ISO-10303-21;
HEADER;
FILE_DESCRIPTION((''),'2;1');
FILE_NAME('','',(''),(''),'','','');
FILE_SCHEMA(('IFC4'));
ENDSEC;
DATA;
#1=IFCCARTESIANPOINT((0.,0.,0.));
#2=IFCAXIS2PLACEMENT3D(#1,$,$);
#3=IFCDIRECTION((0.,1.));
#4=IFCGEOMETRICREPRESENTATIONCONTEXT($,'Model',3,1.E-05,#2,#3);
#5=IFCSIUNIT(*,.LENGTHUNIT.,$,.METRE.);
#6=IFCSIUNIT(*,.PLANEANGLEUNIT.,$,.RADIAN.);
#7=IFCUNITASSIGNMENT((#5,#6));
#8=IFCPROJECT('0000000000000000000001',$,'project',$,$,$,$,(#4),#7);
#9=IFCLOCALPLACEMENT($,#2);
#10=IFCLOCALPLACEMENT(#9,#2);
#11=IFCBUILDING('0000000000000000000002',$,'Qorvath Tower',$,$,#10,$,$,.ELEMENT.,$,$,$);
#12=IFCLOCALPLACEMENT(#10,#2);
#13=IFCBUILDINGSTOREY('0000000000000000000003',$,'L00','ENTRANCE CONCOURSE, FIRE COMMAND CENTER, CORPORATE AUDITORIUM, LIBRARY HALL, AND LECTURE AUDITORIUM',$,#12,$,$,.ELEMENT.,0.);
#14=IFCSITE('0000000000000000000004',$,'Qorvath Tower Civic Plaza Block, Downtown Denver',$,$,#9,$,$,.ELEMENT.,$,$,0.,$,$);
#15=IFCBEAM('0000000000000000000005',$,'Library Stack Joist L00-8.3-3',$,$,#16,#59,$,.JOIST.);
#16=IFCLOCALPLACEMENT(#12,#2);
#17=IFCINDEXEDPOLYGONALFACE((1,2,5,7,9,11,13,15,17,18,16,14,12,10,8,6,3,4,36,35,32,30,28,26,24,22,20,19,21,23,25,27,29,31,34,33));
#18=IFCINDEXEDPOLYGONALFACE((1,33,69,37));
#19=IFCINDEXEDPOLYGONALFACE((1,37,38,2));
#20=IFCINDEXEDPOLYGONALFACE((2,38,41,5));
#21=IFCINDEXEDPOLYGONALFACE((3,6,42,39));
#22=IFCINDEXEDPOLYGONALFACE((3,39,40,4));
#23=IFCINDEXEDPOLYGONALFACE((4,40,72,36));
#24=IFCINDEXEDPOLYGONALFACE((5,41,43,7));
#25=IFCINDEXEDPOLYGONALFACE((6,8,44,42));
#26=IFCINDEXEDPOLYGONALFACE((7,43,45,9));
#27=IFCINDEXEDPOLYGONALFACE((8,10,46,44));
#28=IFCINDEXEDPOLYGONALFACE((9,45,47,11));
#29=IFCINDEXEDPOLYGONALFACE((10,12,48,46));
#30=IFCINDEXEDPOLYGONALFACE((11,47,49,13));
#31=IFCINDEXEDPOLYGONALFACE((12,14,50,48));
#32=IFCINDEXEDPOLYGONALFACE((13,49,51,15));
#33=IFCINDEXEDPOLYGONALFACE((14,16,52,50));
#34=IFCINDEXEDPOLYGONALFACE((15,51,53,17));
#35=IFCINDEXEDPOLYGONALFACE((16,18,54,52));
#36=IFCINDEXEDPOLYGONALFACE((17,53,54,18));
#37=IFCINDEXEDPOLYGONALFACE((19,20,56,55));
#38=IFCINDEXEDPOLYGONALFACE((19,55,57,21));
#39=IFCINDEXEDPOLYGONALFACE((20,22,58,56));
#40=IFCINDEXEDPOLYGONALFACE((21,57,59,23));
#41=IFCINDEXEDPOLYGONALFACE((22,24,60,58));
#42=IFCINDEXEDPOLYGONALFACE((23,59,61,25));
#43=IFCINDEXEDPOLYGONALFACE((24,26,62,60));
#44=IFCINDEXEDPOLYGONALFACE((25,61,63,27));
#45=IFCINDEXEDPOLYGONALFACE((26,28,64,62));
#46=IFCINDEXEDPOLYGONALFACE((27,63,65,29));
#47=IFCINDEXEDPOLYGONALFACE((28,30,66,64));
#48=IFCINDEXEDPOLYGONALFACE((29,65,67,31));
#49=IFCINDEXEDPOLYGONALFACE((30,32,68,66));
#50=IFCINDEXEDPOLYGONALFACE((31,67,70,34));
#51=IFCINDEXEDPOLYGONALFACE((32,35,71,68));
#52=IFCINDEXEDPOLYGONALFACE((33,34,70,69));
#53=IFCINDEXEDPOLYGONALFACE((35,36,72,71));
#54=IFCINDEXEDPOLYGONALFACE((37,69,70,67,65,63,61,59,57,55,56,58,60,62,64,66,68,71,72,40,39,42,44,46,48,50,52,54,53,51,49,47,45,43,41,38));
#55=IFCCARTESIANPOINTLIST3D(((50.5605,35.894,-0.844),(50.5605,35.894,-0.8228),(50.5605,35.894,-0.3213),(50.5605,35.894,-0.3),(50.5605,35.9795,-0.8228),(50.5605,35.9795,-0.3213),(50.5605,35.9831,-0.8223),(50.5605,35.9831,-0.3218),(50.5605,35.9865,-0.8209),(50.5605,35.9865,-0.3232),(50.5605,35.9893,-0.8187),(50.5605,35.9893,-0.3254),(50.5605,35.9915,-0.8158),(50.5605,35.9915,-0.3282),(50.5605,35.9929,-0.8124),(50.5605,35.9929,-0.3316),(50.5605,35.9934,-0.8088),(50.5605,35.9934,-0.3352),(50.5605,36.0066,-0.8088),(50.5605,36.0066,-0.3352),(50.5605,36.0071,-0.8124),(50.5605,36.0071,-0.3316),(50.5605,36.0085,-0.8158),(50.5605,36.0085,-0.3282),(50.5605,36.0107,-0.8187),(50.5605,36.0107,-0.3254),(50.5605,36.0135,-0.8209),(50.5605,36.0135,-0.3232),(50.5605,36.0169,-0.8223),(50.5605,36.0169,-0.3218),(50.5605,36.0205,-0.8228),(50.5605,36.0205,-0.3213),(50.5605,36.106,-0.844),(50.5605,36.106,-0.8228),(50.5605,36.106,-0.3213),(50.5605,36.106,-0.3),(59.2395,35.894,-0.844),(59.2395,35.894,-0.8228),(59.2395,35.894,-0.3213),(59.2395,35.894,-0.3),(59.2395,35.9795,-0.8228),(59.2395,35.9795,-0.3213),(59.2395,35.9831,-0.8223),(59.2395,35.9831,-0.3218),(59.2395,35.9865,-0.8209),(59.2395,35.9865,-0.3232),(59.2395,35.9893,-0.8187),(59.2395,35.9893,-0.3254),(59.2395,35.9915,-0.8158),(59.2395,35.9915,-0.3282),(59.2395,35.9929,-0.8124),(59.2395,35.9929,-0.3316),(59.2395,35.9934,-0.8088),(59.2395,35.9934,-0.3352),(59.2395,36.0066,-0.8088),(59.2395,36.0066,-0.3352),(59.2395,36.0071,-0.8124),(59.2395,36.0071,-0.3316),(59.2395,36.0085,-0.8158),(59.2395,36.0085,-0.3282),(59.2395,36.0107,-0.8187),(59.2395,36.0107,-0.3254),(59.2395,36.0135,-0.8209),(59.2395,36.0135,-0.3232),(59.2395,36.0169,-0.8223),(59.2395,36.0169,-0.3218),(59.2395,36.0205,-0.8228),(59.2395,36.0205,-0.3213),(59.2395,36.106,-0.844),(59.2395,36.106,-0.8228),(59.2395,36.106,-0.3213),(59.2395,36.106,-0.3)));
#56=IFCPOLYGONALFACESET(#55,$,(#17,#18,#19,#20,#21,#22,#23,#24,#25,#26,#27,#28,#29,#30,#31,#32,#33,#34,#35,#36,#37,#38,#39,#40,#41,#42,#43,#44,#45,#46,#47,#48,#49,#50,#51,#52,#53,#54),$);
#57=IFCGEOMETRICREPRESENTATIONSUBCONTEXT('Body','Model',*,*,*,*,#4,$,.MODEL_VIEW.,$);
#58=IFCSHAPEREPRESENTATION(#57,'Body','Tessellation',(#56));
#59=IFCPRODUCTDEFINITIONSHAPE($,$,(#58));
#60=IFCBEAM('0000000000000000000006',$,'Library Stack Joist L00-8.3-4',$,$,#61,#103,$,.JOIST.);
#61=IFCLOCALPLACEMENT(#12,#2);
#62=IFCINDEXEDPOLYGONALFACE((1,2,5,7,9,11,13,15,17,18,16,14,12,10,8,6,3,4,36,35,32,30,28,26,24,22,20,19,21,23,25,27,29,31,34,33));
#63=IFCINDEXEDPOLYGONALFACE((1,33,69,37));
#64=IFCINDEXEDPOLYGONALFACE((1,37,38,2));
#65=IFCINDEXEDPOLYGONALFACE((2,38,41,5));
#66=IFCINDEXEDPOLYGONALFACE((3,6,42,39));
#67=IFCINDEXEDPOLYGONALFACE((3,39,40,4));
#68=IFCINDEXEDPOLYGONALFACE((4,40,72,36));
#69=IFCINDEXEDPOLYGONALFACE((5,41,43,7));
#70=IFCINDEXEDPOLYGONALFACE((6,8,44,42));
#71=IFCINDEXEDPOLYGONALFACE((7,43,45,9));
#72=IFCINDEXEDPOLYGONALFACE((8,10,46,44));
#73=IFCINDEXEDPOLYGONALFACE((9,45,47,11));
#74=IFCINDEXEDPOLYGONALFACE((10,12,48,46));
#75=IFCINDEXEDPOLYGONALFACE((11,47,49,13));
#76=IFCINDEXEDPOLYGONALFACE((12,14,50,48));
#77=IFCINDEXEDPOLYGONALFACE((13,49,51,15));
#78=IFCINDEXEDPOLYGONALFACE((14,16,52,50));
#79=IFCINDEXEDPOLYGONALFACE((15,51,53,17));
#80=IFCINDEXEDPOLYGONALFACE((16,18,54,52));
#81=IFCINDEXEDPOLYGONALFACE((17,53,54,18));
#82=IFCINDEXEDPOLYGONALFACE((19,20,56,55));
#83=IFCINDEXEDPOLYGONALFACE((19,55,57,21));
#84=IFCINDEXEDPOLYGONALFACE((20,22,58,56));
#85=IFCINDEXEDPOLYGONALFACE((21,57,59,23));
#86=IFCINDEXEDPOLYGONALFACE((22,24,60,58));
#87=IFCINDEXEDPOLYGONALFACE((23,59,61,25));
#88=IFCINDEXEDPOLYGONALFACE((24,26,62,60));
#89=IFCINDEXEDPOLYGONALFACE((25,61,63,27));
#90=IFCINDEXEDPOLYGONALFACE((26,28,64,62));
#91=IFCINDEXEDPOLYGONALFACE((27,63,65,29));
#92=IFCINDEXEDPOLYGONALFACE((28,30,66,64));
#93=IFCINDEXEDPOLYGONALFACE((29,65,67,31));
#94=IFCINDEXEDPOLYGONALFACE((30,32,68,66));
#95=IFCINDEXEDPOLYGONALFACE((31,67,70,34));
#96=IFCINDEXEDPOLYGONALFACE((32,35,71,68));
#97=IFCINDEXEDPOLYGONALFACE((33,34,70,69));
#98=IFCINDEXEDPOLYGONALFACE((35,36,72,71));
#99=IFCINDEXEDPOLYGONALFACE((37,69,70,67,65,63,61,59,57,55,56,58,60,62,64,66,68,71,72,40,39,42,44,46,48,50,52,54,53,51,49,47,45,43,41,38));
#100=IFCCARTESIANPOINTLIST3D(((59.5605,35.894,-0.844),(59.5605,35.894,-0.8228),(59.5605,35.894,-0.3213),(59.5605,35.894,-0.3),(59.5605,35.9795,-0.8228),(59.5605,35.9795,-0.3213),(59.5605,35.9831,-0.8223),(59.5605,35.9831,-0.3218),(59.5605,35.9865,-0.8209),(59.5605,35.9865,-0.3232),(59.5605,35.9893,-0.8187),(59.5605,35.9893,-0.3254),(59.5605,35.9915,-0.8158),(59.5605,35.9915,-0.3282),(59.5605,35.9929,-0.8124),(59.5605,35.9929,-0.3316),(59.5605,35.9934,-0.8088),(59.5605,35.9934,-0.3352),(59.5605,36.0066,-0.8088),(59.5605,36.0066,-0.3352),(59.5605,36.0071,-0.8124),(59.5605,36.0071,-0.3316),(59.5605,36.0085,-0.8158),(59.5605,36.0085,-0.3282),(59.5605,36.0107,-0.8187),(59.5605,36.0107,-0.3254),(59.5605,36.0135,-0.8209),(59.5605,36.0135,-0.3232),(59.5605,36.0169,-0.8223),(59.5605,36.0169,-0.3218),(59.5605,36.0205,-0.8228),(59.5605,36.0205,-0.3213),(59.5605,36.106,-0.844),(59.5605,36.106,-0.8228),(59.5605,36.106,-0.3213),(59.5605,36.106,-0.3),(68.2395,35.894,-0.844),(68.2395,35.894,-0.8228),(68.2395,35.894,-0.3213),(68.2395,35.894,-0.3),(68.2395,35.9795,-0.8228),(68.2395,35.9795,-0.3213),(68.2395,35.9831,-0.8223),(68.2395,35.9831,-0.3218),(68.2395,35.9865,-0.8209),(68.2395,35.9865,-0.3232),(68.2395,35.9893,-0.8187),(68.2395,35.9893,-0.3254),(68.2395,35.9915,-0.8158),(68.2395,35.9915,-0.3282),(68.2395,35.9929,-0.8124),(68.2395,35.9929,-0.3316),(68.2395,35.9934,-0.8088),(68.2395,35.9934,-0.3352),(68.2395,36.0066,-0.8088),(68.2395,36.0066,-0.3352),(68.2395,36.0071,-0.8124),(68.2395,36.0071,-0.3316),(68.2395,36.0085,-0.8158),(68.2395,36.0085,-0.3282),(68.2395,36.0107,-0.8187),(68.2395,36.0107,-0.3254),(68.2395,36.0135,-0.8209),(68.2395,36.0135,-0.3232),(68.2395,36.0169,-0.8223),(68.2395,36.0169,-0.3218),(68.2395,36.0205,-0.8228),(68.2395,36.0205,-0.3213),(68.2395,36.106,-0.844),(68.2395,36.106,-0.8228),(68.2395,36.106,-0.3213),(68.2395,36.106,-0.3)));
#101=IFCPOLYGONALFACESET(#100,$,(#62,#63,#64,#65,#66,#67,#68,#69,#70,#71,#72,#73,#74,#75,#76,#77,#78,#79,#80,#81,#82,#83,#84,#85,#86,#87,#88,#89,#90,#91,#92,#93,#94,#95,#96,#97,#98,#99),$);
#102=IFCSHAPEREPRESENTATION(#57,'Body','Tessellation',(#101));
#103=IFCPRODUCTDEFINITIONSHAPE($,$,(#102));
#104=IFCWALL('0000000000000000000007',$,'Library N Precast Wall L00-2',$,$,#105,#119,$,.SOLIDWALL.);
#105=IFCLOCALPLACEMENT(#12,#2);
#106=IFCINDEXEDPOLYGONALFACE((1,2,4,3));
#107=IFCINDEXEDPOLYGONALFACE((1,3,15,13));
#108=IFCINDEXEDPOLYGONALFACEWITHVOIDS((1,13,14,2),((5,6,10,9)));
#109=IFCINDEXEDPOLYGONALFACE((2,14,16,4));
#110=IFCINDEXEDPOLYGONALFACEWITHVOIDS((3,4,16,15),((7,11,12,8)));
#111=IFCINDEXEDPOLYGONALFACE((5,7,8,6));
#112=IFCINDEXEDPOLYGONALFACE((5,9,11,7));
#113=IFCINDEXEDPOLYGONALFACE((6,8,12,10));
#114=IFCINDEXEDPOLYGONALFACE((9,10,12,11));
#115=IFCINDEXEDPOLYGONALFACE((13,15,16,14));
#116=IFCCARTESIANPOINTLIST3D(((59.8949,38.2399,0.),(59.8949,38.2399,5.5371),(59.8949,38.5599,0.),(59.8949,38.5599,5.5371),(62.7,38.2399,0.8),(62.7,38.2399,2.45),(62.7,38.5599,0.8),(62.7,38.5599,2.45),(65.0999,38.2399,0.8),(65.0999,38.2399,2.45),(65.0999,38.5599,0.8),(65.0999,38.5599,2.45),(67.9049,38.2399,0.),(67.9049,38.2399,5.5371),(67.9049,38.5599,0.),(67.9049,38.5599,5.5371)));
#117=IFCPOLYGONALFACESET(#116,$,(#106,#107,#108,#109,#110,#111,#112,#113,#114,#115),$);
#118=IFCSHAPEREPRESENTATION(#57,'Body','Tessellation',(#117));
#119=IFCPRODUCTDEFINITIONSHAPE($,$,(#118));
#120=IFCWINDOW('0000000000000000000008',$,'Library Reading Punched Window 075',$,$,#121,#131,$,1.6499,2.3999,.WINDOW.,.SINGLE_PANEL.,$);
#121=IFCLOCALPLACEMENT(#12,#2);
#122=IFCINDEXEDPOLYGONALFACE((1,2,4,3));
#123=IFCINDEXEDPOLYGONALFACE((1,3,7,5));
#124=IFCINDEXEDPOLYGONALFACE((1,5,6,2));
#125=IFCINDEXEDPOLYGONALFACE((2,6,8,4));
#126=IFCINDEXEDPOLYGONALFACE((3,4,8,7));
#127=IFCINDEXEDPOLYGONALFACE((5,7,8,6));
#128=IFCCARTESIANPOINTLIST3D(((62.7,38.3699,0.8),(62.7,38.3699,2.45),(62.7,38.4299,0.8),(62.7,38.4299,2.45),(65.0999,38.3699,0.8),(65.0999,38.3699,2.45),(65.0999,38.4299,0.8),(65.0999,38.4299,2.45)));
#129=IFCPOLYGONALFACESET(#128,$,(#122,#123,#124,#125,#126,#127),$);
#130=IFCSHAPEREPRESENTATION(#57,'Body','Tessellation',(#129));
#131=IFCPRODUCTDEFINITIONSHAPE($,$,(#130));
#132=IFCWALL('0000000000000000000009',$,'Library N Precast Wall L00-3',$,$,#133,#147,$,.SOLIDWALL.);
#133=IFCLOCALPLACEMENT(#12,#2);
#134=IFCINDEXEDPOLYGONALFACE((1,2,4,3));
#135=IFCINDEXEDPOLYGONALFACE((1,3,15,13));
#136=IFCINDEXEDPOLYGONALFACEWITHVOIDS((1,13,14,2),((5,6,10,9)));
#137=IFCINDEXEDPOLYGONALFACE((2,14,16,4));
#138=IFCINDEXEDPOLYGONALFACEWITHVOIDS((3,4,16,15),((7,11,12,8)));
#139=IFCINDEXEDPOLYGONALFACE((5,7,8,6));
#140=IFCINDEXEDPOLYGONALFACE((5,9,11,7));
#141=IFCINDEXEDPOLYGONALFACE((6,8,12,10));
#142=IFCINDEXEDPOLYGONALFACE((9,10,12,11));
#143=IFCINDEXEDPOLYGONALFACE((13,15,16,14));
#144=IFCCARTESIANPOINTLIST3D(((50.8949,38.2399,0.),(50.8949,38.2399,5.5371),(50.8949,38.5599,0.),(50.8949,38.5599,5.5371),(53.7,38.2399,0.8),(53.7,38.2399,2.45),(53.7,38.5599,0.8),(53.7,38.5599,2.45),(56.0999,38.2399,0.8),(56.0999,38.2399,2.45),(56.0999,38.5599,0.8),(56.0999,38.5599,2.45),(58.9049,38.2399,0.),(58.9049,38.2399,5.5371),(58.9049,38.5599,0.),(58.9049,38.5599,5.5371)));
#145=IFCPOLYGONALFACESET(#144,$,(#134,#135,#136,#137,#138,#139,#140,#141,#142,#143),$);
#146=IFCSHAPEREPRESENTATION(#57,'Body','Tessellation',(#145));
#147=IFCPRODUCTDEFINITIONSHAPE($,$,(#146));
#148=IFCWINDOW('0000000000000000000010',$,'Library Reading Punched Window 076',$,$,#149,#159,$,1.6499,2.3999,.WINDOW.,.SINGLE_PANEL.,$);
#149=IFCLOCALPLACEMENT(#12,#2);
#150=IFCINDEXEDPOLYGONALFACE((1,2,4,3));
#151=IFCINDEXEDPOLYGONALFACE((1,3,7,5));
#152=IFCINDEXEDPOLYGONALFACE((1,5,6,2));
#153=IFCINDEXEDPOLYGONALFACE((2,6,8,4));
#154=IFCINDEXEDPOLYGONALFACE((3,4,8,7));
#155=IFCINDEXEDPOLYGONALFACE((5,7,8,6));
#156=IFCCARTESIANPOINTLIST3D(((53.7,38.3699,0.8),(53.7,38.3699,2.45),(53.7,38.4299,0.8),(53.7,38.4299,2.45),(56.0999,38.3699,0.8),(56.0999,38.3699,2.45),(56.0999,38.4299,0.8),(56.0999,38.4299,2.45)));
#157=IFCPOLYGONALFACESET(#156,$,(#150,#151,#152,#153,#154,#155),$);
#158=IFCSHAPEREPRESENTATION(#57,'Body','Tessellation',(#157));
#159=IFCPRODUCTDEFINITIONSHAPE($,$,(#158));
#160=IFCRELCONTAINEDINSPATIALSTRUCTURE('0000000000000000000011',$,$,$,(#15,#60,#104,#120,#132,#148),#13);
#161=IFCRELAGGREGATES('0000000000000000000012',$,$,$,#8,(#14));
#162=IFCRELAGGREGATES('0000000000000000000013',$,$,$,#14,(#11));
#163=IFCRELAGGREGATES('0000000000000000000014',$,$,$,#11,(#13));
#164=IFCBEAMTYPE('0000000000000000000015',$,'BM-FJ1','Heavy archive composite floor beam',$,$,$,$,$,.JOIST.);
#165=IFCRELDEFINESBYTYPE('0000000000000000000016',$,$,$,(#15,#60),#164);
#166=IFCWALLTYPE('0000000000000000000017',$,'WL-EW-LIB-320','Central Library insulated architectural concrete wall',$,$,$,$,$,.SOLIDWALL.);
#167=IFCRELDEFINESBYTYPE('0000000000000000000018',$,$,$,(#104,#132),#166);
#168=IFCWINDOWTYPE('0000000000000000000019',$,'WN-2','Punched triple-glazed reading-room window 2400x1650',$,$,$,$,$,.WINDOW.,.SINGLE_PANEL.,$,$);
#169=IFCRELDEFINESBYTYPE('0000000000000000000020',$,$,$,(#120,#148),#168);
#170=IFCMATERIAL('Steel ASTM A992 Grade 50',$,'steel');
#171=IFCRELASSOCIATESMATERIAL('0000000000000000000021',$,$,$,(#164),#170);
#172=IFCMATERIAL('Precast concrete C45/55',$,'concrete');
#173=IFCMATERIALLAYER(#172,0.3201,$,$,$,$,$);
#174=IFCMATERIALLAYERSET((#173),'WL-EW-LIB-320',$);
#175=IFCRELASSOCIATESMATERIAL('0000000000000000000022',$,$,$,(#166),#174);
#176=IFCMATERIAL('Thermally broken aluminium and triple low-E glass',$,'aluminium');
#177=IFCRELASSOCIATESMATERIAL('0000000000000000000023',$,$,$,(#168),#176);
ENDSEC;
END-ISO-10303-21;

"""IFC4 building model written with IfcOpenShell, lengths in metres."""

from ifc_helpers import new_model, si_unit, direction, frame, frame_2d, origin, origin_2d, place, context, subcontext, project, spatial, rectangle, i_section, extrude, material, layer, layer_set, material_profile, profile_set, type_object, element, fill, save


model = new_model("IFC4")

# Units and contexts
model_context = context("Model", 3, precision=1e-05, world=origin(), true_north=direction((0.0, 1.0)))
body_context = subcontext(model_context, "Body", "Model", "MODEL_VIEW")
ifc_project = project(units=[si_unit("LENGTHUNIT", "METRE"), si_unit("PLANEANGLEUNIT", "RADIAN")], contexts=[model_context])

# Site, building, storey
site_placement = place(None, origin())
site = spatial("IfcSite", under=ifc_project, at=site_placement, Name="Qorvath Tower Civic Plaza Block, Downtown Denver", CompositionType="ELEMENT", RefElevation=0.0)
building_placement = place(site_placement, origin())
building = spatial("IfcBuilding", under=site, at=building_placement, Name="Qorvath Tower", CompositionType="ELEMENT")
storey_placement = place(building_placement, origin())
storey = spatial("IfcBuildingStorey", under=building, at=storey_placement, Name="L00", Description="ENTRANCE CONCOURSE, FIRE COMMAND CENTER, CORPORATE AUDITORIUM, LIBRARY HALL, AND LECTURE AUDITORIUM", CompositionType="ELEMENT", Elevation=0.0)

# Beams
ifc_material_1 = material(Name="Steel ASTM A992 Grade 50", Category="steel")
ifc_material_profile_1 = material_profile(ifc_material_1, i_section(OverallWidth=0.2119, OverallDepth=0.5439, WebThickness=0.0132, FlangeThickness=0.0212, FilletRadius=0.0139, at=origin_2d()), Name="W21x83")
ifc_profile_set_1 = profile_set([ifc_material_profile_1], Name="Steel ASTM A992 Grade 50")
beam_type_1 = type_object("IfcBeamType", Name="BM-FJ1", Description="Heavy archive composite floor beam", PredefinedType="JOIST", material=ifc_profile_set_1)
for number, where, z_axis, x_axis, name in (
    (1, (50.5605, 36.0, -0.572), (1.0, 0.0, 0.0), (0.0, 1.0, 0.0), "Library Stack Joist L00-8.3-3"),
    (2, (59.5605, 36.0, -0.572), (1.0, 0.0, 0.0), (0.0, 1.0, 0.0), "Library Stack Joist L00-8.3-4"),
):
    element("IfcBeam", number, at=place(storey_placement, frame(where, z_axis=z_axis, x_axis=x_axis)), inside=storey, type_object=beam_type_1, Name=name, PredefinedType="JOIST", context=body_context, shape_type="SweptSolid", body=[
        extrude(i_section(OverallWidth=0.2119, OverallDepth=0.5439, WebThickness=0.0132, FlangeThickness=0.0212, FilletRadius=0.0139, at=origin_2d()), origin(), (0.0, 0.0, 1.0), 8.679),
    ])

# Walls, openings, windows
ifc_material_2 = material(Name="Precast concrete C45/55", Category="concrete")
ifc_layer = layer(ifc_material_2, 0.3201)
ifc_layer_set = layer_set([ifc_layer], Name="WL-EW-LIB-320")
wall_type = type_object("IfcWallType", Name="WL-EW-LIB-320", Description="Central Library insulated architectural concrete wall", PredefinedType="SOLIDWALL", material=ifc_layer_set)
wall_1_placement = place(storey_placement, frame((59.895, 38.3999, 0.0), z_axis=(0.0, 0.0, 1.0), x_axis=(1.0, 0.0, 0.0)))
wall_1 = element("IfcWall", 3, at=wall_1_placement, inside=storey, type_object=wall_type, Name="Library N Precast Wall L00-2", PredefinedType="SOLIDWALL", context=body_context, shape_type="SweptSolid", body=[
    extrude(rectangle(XDim=8.01, YDim=0.3201, at=frame_2d((4.0049, 0.0))), origin(), (0.0, 0.0, 1.0), 5.5371),
])
opening_1_placement = place(wall_1_placement, frame((2.8049, 0.0, 0.8)))
opening_1 = element("IfcOpeningElement", 4, at=opening_1_placement, cuts=wall_1, PredefinedType="OPENING", context=body_context, shape_type="SweptSolid", body=[
    extrude(rectangle(XDim=2.3999, YDim=1.6499, at=frame_2d((1.2, 0.825))), frame((0.0, 0.1699, 0.0), z_axis=(0.0, -1.0, 0.0), x_axis=(1.0, 0.0, 0.0)), (0.0, 0.0, 1.0), 0.3401),
])
ifc_material_3 = material(Name="Thermally broken aluminium and triple low-E glass", Category="aluminium")
window_type = type_object("IfcWindowType", Name="WN-2", Description="Punched triple-glazed reading-room window 2400x1650", PartitioningType="SINGLE_PANEL", PredefinedType="WINDOW", material=ifc_material_3)
window_1_placement = place(opening_1_placement, origin())
window_1 = element("IfcWindow", 5, at=window_1_placement, inside=storey, type_object=window_type, Name="Library Reading Punched Window 075", OverallHeight=1.6499, OverallWidth=2.3999, PartitioningType="SINGLE_PANEL", PredefinedType="WINDOW", context=body_context, shape_type="SweptSolid", body=[
    extrude(rectangle(XDim=2.3999, YDim=1.6499, at=frame_2d((1.2, 0.825))), frame((0.0, 0.03, 0.0), z_axis=(0.0, -1.0, 0.0), x_axis=(1.0, 0.0, 0.0)), (0.0, 0.0, 1.0), 0.0601),
])
fill(opening_1, window_1)
wall_2_placement = place(storey_placement, frame((50.895, 38.3999, 0.0), z_axis=(0.0, 0.0, 1.0), x_axis=(1.0, 0.0, 0.0)))
wall_2 = element("IfcWall", 6, at=wall_2_placement, inside=storey, type_object=wall_type, Name="Library N Precast Wall L00-3", PredefinedType="SOLIDWALL", context=body_context, shape_type="SweptSolid", body=[
    extrude(rectangle(XDim=8.01, YDim=0.3201, at=frame_2d((4.0049, 0.0))), origin(), (0.0, 0.0, 1.0), 5.5371),
])
opening_2_placement = place(wall_2_placement, frame((2.8049, 0.0, 0.8)))
opening_2 = element("IfcOpeningElement", 7, at=opening_2_placement, cuts=wall_2, PredefinedType="OPENING", context=body_context, shape_type="SweptSolid", body=[
    extrude(rectangle(XDim=2.3999, YDim=1.6499, at=frame_2d((1.2, 0.825))), frame((0.0, 0.1699, 0.0), z_axis=(0.0, -1.0, 0.0), x_axis=(1.0, 0.0, 0.0)), (0.0, 0.0, 1.0), 0.3401),
])
window_2_placement = place(opening_2_placement, origin())
window_2 = element("IfcWindow", 8, at=window_2_placement, inside=storey, type_object=window_type, Name="Library Reading Punched Window 076", OverallHeight=1.6499, OverallWidth=2.3999, PartitioningType="SINGLE_PANEL", PredefinedType="WINDOW", context=body_context, shape_type="SweptSolid", body=[
    extrude(rectangle(XDim=2.3999, YDim=1.6499, at=frame_2d((1.2, 0.825))), frame((0.0, 0.03, 0.0), z_axis=(0.0, -1.0, 0.0), x_axis=(1.0, 0.0, 0.0)), (0.0, 0.0, 1.0), 0.0601),
])
fill(opening_2, window_2)

save(model, "model.ifc")
